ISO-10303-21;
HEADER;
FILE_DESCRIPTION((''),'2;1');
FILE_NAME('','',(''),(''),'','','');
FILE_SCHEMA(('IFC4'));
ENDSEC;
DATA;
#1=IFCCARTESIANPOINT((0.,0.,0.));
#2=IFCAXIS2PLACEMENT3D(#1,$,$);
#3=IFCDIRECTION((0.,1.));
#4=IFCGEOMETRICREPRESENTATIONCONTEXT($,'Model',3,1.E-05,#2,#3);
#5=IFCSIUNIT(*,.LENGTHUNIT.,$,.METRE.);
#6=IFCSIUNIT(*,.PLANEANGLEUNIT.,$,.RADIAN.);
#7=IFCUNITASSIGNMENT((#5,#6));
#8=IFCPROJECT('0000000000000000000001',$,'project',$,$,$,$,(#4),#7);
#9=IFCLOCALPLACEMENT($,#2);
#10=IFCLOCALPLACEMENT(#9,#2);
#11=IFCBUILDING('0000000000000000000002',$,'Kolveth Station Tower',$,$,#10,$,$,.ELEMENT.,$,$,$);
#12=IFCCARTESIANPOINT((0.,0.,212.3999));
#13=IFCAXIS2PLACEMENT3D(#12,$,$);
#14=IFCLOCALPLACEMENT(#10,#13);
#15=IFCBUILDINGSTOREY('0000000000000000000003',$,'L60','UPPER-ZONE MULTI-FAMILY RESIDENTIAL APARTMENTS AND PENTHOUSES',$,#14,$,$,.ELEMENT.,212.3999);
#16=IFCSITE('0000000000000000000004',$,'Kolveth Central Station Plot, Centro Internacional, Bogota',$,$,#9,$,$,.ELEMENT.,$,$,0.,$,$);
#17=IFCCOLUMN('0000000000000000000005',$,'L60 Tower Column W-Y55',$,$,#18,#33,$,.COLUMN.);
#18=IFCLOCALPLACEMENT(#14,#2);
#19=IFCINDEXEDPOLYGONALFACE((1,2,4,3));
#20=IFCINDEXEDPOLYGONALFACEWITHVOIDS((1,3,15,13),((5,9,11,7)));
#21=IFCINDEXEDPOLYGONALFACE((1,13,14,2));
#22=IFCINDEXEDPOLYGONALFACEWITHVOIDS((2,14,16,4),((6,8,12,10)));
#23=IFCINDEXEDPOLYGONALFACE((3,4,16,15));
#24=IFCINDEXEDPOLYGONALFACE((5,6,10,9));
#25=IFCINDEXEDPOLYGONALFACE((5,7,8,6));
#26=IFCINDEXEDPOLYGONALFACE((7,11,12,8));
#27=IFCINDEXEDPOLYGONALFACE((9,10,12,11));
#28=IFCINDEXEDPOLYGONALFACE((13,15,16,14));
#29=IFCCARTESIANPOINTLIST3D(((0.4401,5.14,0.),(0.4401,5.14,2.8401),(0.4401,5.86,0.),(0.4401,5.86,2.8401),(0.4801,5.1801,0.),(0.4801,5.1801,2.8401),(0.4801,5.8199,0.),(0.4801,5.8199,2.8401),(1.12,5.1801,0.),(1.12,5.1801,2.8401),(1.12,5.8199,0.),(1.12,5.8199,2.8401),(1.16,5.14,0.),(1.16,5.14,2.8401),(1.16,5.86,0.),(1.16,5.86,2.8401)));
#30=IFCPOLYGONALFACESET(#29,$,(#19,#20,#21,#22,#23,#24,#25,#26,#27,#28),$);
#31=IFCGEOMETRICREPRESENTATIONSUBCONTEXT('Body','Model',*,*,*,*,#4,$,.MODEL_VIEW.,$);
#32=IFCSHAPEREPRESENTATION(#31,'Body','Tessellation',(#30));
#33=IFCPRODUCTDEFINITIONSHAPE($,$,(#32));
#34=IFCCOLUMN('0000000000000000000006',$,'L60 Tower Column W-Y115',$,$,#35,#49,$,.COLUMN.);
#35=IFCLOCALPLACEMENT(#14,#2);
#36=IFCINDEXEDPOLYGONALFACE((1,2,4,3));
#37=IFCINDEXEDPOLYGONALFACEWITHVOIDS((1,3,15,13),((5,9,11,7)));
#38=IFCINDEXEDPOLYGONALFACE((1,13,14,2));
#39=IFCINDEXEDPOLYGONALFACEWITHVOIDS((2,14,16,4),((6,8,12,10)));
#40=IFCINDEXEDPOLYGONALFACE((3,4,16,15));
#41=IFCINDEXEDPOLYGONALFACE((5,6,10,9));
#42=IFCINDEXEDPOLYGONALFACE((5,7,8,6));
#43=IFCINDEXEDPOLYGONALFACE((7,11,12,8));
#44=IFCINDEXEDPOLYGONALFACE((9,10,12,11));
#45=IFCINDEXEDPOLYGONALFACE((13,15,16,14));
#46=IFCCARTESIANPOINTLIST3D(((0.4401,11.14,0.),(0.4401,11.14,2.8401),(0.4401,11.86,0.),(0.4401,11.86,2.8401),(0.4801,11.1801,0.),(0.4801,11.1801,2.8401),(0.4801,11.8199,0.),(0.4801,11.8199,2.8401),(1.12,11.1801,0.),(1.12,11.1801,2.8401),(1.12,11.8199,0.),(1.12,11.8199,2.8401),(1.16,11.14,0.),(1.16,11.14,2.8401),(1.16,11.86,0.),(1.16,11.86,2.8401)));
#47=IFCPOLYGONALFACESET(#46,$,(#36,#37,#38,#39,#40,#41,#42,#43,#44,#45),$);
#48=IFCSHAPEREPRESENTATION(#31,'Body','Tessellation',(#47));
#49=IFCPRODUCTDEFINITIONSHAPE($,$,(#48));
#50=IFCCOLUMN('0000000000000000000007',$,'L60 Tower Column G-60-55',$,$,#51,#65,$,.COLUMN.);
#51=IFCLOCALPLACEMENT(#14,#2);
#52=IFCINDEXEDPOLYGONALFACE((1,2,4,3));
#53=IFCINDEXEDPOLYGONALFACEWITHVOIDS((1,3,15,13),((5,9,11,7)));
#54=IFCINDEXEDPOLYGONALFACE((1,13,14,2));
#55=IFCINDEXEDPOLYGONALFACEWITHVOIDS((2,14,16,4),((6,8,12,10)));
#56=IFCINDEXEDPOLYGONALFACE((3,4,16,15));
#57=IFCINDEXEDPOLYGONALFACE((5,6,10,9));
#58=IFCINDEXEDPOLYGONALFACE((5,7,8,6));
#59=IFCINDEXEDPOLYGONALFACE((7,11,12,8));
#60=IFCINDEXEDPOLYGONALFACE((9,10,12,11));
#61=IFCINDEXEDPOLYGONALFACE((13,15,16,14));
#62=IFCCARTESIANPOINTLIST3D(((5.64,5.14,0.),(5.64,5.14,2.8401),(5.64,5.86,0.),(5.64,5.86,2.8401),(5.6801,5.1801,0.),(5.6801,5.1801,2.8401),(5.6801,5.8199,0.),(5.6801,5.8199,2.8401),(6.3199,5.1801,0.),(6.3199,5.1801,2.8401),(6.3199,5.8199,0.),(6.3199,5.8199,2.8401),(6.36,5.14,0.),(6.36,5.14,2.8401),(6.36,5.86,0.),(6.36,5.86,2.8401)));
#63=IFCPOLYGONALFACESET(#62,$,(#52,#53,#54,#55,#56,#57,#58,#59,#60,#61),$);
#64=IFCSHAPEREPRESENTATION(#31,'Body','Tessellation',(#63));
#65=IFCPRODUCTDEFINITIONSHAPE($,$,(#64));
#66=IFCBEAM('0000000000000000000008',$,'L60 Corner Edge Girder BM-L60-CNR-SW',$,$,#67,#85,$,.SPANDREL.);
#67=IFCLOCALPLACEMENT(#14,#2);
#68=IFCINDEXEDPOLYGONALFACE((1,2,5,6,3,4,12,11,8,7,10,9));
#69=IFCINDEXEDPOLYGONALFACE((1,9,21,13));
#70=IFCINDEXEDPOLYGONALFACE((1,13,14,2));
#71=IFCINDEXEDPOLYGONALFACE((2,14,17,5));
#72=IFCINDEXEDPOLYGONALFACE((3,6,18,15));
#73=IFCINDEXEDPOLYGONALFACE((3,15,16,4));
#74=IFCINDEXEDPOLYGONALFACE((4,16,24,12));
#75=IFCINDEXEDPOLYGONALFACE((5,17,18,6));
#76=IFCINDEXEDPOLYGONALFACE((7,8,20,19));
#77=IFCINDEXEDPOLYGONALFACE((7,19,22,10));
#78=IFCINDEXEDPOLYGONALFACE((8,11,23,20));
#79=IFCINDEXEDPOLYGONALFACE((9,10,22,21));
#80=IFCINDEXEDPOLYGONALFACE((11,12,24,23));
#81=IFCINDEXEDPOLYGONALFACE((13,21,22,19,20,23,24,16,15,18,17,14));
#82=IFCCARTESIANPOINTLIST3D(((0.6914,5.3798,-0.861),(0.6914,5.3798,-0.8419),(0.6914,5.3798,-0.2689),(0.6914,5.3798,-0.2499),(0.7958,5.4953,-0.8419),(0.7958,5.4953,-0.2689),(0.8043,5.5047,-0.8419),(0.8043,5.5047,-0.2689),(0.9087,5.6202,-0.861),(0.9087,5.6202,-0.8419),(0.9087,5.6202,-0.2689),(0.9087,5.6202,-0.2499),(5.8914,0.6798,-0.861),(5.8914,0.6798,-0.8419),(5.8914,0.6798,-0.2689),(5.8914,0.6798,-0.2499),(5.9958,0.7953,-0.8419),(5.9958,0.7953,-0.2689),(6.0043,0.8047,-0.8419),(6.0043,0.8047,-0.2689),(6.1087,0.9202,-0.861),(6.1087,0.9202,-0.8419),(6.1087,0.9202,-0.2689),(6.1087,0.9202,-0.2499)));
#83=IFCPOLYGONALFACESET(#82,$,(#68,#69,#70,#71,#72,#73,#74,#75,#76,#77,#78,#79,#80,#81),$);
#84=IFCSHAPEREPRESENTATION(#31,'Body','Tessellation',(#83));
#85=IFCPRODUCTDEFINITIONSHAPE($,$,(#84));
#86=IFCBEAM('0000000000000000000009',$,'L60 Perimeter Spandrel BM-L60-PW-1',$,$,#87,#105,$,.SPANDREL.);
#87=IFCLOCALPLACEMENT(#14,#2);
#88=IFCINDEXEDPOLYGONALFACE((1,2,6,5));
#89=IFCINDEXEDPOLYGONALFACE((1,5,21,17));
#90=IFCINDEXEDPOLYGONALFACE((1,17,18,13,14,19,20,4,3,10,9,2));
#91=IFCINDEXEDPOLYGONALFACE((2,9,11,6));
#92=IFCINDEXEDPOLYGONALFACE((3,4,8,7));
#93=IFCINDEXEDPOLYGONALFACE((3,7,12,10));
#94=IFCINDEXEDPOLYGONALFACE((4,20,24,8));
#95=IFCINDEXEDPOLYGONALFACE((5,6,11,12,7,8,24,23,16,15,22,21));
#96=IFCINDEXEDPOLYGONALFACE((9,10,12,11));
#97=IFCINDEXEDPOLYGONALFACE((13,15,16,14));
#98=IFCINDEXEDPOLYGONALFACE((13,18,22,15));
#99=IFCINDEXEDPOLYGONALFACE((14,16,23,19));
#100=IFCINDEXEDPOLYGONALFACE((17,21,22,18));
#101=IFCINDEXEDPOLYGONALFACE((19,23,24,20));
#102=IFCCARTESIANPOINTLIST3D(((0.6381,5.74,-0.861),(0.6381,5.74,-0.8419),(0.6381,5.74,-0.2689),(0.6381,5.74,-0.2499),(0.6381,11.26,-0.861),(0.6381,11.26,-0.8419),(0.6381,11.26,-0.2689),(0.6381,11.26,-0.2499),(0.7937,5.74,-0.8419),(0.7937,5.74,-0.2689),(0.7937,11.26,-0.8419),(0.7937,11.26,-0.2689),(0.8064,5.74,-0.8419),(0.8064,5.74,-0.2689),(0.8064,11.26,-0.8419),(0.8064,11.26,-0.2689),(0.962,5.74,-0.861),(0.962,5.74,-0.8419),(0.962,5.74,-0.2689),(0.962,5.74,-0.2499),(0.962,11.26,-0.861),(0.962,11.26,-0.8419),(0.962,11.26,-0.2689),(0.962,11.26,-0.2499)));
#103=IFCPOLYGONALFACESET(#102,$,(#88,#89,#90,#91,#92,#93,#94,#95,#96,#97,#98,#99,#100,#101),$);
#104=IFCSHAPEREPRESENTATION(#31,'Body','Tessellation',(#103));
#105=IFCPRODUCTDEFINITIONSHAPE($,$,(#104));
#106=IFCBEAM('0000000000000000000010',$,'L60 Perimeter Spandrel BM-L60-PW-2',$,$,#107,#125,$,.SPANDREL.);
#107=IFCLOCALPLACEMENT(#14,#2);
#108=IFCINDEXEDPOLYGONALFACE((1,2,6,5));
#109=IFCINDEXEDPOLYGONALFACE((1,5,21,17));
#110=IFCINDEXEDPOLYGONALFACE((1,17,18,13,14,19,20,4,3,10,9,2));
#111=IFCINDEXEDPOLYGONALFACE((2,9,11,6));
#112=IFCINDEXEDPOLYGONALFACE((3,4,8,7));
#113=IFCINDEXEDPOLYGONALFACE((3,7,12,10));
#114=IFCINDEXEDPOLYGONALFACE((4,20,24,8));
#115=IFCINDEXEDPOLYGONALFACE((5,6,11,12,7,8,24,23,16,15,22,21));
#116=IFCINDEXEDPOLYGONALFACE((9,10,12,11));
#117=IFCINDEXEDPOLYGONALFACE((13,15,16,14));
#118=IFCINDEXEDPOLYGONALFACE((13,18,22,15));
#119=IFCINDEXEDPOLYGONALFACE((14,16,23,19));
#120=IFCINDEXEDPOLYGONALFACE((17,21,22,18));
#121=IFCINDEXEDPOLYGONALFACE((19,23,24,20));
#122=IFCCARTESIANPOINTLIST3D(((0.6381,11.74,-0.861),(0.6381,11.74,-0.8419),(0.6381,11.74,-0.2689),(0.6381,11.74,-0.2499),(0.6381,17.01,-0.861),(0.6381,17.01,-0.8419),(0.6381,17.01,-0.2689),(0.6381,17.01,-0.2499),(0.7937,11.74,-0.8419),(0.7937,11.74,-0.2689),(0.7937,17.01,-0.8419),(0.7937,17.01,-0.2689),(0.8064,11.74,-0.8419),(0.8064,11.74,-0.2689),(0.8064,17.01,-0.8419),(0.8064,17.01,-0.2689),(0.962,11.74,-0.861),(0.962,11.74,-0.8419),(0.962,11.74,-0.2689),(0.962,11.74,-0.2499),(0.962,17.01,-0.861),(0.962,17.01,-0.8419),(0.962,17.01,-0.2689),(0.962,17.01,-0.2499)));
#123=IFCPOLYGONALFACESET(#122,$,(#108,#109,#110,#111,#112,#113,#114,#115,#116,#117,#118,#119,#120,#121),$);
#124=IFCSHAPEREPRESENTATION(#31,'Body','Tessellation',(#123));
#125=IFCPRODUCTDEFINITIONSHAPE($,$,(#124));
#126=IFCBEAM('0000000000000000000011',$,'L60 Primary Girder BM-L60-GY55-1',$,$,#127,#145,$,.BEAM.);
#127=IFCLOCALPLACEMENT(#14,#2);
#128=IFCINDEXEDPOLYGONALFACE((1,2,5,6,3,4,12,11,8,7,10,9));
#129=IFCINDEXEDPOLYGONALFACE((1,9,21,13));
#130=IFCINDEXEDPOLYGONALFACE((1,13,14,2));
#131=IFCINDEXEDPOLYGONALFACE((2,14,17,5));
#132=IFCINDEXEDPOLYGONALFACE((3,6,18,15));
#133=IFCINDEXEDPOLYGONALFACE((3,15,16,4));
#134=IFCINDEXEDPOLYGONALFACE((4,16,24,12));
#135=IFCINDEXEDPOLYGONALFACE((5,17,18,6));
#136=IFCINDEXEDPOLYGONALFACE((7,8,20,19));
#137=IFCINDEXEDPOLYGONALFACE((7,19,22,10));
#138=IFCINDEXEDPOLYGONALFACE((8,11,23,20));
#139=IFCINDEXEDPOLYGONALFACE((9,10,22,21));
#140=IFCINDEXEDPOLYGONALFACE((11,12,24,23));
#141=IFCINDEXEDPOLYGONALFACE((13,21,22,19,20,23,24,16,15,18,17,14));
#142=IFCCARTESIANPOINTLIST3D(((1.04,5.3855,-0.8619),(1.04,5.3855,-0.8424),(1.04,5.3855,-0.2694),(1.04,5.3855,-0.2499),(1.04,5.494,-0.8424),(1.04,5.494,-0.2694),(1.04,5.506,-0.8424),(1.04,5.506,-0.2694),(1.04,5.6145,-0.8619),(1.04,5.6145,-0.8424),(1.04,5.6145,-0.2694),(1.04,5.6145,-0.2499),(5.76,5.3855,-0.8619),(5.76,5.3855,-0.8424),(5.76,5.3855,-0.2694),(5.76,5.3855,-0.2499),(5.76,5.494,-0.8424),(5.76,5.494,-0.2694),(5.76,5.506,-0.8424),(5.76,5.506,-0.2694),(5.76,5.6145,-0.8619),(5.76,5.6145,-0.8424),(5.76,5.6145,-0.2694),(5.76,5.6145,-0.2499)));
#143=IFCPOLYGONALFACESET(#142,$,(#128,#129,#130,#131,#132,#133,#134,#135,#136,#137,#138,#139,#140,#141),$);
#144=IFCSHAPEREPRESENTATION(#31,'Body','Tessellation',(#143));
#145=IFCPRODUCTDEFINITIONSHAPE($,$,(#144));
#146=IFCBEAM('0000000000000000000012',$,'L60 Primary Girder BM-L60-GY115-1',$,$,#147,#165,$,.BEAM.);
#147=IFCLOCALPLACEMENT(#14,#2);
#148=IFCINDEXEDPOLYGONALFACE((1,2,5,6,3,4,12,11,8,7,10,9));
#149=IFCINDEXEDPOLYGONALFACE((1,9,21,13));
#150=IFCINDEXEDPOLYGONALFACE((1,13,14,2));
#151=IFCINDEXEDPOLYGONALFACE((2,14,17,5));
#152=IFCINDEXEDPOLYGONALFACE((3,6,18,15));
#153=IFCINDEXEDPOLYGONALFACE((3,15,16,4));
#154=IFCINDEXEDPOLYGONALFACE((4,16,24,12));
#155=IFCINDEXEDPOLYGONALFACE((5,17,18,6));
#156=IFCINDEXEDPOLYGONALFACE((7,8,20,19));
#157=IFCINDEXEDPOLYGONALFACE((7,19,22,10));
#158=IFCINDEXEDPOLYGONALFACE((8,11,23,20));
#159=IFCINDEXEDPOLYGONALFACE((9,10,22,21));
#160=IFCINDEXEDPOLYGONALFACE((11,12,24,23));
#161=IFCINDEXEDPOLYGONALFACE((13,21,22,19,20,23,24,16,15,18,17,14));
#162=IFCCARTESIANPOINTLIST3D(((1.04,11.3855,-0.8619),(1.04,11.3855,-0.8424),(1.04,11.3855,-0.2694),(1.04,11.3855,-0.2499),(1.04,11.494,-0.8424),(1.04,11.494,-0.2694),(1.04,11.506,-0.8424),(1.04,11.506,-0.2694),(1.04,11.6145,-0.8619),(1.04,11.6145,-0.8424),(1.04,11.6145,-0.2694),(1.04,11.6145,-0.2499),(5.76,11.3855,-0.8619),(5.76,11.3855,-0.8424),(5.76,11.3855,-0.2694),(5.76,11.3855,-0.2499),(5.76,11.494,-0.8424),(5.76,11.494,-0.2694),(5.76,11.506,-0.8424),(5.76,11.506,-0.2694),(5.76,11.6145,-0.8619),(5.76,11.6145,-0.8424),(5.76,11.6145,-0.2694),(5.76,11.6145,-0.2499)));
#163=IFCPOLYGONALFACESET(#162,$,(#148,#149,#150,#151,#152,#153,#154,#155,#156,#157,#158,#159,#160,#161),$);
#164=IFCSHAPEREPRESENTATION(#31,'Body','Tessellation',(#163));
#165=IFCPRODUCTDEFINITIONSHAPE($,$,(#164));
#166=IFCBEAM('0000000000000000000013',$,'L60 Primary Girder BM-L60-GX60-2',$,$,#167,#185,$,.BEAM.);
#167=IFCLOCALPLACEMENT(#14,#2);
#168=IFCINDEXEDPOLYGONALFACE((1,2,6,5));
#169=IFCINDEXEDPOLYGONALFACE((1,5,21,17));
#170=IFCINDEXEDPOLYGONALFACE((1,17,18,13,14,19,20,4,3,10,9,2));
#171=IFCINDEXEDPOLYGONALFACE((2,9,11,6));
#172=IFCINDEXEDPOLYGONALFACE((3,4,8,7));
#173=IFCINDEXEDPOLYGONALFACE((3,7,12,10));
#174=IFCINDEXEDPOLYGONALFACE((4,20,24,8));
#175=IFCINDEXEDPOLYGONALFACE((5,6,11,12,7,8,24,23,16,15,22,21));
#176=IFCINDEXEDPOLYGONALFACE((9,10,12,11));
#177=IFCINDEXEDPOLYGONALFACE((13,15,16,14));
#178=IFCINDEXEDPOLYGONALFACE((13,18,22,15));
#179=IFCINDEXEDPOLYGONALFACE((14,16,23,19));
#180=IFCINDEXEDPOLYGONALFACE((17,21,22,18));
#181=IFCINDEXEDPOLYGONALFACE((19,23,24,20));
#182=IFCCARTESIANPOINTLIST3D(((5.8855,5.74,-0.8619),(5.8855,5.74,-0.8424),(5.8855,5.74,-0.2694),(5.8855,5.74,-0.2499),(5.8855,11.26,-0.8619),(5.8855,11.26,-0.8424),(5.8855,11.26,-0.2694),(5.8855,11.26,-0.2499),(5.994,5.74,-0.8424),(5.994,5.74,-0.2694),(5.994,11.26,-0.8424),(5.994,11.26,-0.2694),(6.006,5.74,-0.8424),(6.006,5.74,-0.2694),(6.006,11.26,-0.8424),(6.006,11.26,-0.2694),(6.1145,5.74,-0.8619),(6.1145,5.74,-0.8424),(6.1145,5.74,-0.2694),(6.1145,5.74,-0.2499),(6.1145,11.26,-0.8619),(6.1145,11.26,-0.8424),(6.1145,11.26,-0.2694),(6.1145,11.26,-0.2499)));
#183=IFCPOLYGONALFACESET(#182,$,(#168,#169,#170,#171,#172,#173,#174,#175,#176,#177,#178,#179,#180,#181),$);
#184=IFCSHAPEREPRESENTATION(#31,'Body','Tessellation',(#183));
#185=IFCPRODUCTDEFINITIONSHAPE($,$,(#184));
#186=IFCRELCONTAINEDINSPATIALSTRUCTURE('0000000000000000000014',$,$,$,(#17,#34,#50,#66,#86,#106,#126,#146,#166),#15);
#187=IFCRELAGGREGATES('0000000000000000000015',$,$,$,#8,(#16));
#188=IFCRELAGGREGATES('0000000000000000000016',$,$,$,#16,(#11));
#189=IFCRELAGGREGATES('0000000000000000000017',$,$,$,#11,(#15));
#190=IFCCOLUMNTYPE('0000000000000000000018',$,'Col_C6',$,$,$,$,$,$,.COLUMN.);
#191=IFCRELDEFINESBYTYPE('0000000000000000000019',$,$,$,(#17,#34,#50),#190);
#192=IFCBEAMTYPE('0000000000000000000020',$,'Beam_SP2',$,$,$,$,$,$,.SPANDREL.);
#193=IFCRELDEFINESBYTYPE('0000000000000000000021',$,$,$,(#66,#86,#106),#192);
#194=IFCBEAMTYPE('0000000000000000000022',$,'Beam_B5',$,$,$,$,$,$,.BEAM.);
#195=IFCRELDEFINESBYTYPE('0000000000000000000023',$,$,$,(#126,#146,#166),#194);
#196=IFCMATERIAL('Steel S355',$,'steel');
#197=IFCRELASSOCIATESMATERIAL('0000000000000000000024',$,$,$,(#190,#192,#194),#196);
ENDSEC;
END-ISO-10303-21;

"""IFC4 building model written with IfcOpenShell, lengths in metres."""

from ifc_helpers import new_model, si_unit, direction, frame, origin, origin_2d, place, context, subcontext, project, spatial, hollow_rectangle, i_section, extrude, source, transform, mapped, material, material_profile, profile_set, type_object, element, save


model = new_model("IFC4")

# Units and contexts
model_context = context("Model", 3, precision=1e-05, world=origin(), true_north=direction((0.0, 1.0)))
body_context = subcontext(model_context, "Body", "Model", "MODEL_VIEW")
ifc_project = project(units=[si_unit("LENGTHUNIT", "METRE"), si_unit("PLANEANGLEUNIT", "RADIAN")], contexts=[model_context])

# Site, building, storey
site_placement = place(None, origin())
site = spatial("IfcSite", under=ifc_project, at=site_placement, Name="Kolveth Central Station Plot, Centro Internacional, Bogota", CompositionType="ELEMENT", RefElevation=0.0)
building_placement = place(site_placement, origin())
building = spatial("IfcBuilding", under=site, at=building_placement, Name="Kolveth Station Tower", CompositionType="ELEMENT")
storey_placement = place(building_placement, frame((0.0, 0.0, 212.3999)))
storey = spatial("IfcBuildingStorey", under=building, at=storey_placement, Name="L60", Description="UPPER-ZONE MULTI-FAMILY RESIDENTIAL APARTMENTS AND PENTHOUSES", CompositionType="ELEMENT", Elevation=212.3999)

# Columns
ifc_material_1 = material(Name="Steel S355", Category="steel")
ifc_material_profile_1 = material_profile(ifc_material_1, hollow_rectangle(XDim=0.72, YDim=0.72, WallThickness=0.04, at=origin_2d()), Name="BOX720x720x40")
ifc_profile_set_1 = profile_set([ifc_material_profile_1], Name="Steel S355")
column_type = type_object("IfcColumnType", Name="Col_C6", PredefinedType="COLUMN", material=ifc_profile_set_1)
shared_shape_1 = source(origin(), body_context, "Body", "SweptSolid", [
    extrude(hollow_rectangle(XDim=0.72, YDim=0.72, WallThickness=0.04, at=origin_2d()), origin(), (0.0, 0.0, 1.0), 2.8401),
])
for number, where, z_axis, x_axis, name in (
    (1, (0.8, 5.5, 0.0), (0.0, 0.0, 1.0), (1.0, 0.0, 0.0), "L60 Tower Column W-Y55"),
    (2, (0.8, 11.5, 0.0), (0.0, 0.0, 1.0), (1.0, 0.0, 0.0), "L60 Tower Column W-Y115"),
    (3, (6.0, 5.5, 0.0), (0.0, 0.0, 1.0), (1.0, 0.0, 0.0), "L60 Tower Column G-60-55"),
):
    element("IfcColumn", number, at=place(storey_placement, frame(where, z_axis=z_axis, x_axis=x_axis)), inside=storey, type_object=column_type, Name=name, PredefinedType="COLUMN", context=body_context, shape_type="MappedRepresentation", body=[
        mapped(shared_shape_1, transform((0.0, 0.0, 0.0), x_axis=(1.0, 0.0, 0.0), y_axis=(0.0, 1.0, 0.0), z_axis=(0.0, 0.0, 1.0), scale=1.0)),
    ])

# Beams
ifc_material_profile_2 = material_profile(ifc_material_1, i_section(OverallWidth=0.324, OverallDepth=0.6111, WebThickness=0.0127, FlangeThickness=0.019, at=origin_2d()), Name="W610x155")
ifc_profile_set_2 = profile_set([ifc_material_profile_2], Name="Steel S355")
beam_type_1 = type_object("IfcBeamType", Name="Beam_SP2", PredefinedType="SPANDREL", material=ifc_profile_set_2)
shared_shape_2 = source(origin(), body_context, "Body", "SweptSolid", [
    extrude(i_section(OverallWidth=0.324, OverallDepth=0.6111, WebThickness=0.0127, FlangeThickness=0.019, at=origin_2d()), origin(), (0.0, 0.0, 1.0), 7.0093),
])
beam_1_placement = place(storey_placement, frame((0.8, 5.5, -0.5554), z_axis=(0.741874, -0.670539, 0.0), x_axis=(0.670539, 0.741874, 0.0)))
element("IfcBeam", 4, at=beam_1_placement, inside=storey, type_object=beam_type_1, Name="L60 Corner Edge Girder BM-L60-CNR-SW", PredefinedType="SPANDREL", context=body_context, shape_type="MappedRepresentation", body=[
    mapped(shared_shape_2, transform((0.0, 0.0, 0.0), x_axis=(1.0, 0.0, 0.0), y_axis=(0.0, 1.0, 0.0), z_axis=(0.0, 0.0, 1.0), scale=1.0)),
])
shared_shape_3 = source(origin(), body_context, "Body", "SweptSolid", [
    extrude(i_section(OverallWidth=0.324, OverallDepth=0.6111, WebThickness=0.0127, FlangeThickness=0.019, at=origin_2d()), origin(), (0.0, 0.0, 1.0), 5.52),
])
beam_2_placement = place(storey_placement, frame((0.8, 5.74, -0.5554), z_axis=(0.0, 1.0, 0.0), x_axis=(-1.0, 0.0, 0.0)))
element("IfcBeam", 5, at=beam_2_placement, inside=storey, type_object=beam_type_1, Name="L60 Perimeter Spandrel BM-L60-PW-1", PredefinedType="SPANDREL", context=body_context, shape_type="MappedRepresentation", body=[
    mapped(shared_shape_3, transform((0.0, 0.0, 0.0), x_axis=(1.0, 0.0, 0.0), y_axis=(0.0, 1.0, 0.0), z_axis=(0.0, 0.0, 1.0), scale=1.0)),
])
shared_shape_4 = source(origin(), body_context, "Body", "SweptSolid", [
    extrude(i_section(OverallWidth=0.324, OverallDepth=0.6111, WebThickness=0.0127, FlangeThickness=0.019, at=origin_2d()), origin(), (0.0, 0.0, 1.0), 5.27),
])
beam_3_placement = place(storey_placement, frame((0.8, 11.74, -0.5554), z_axis=(0.0, 1.0, 0.0), x_axis=(-1.0, 0.0, 0.0)))
element("IfcBeam", 6, at=beam_3_placement, inside=storey, type_object=beam_type_1, Name="L60 Perimeter Spandrel BM-L60-PW-2", PredefinedType="SPANDREL", context=body_context, shape_type="MappedRepresentation", body=[
    mapped(shared_shape_4, transform((0.0, 0.0, 0.0), x_axis=(1.0, 0.0, 0.0), y_axis=(0.0, 1.0, 0.0), z_axis=(0.0, 0.0, 1.0), scale=1.0)),
])
ifc_material_profile_3 = material_profile(ifc_material_1, i_section(OverallWidth=0.229, OverallDepth=0.6121, WebThickness=0.012, FlangeThickness=0.0195, at=origin_2d()), Name="W610x125")
ifc_profile_set_3 = profile_set([ifc_material_profile_3], Name="Steel S355")
beam_type_2 = type_object("IfcBeamType", Name="Beam_B5", PredefinedType="BEAM", material=ifc_profile_set_3)
shared_shape_5 = source(origin(), body_context, "Body", "SweptSolid", [
    extrude(i_section(OverallWidth=0.229, OverallDepth=0.6121, WebThickness=0.012, FlangeThickness=0.0195, at=origin_2d()), origin(), (0.0, 0.0, 1.0), 4.72),
])
for number, where, z_axis, x_axis, name in (
    (7, (1.04, 5.5, -0.5559), (1.0, 0.0, 0.0), (0.0, 1.0, 0.0), "L60 Primary Girder BM-L60-GY55-1"),
    (8, (1.04, 11.5, -0.5559), (1.0, 0.0, 0.0), (0.0, 1.0, 0.0), "L60 Primary Girder BM-L60-GY115-1"),
):
    element("IfcBeam", number, at=place(storey_placement, frame(where, z_axis=z_axis, x_axis=x_axis)), inside=storey, type_object=beam_type_2, Name=name, PredefinedType="BEAM", context=body_context, shape_type="MappedRepresentation", body=[
        mapped(shared_shape_5, transform((0.0, 0.0, 0.0), x_axis=(1.0, 0.0, 0.0), y_axis=(0.0, 1.0, 0.0), z_axis=(0.0, 0.0, 1.0), scale=1.0)),
    ])
shared_shape_6 = source(origin(), body_context, "Body", "SweptSolid", [
    extrude(i_section(OverallWidth=0.229, OverallDepth=0.6121, WebThickness=0.012, FlangeThickness=0.0195, at=origin_2d()), origin(), (0.0, 0.0, 1.0), 5.52),
])
beam_4_placement = place(storey_placement, frame((6.0, 5.74, -0.5559), z_axis=(0.0, 1.0, 0.0), x_axis=(-1.0, 0.0, 0.0)))
element("IfcBeam", 9, at=beam_4_placement, inside=storey, type_object=beam_type_2, Name="L60 Primary Girder BM-L60-GX60-2", PredefinedType="BEAM", context=body_context, shape_type="MappedRepresentation", body=[
    mapped(shared_shape_6, transform((0.0, 0.0, 0.0), x_axis=(1.0, 0.0, 0.0), y_axis=(0.0, 1.0, 0.0), z_axis=(0.0, 0.0, 1.0), scale=1.0)),
])

save(model, "model.ifc")
